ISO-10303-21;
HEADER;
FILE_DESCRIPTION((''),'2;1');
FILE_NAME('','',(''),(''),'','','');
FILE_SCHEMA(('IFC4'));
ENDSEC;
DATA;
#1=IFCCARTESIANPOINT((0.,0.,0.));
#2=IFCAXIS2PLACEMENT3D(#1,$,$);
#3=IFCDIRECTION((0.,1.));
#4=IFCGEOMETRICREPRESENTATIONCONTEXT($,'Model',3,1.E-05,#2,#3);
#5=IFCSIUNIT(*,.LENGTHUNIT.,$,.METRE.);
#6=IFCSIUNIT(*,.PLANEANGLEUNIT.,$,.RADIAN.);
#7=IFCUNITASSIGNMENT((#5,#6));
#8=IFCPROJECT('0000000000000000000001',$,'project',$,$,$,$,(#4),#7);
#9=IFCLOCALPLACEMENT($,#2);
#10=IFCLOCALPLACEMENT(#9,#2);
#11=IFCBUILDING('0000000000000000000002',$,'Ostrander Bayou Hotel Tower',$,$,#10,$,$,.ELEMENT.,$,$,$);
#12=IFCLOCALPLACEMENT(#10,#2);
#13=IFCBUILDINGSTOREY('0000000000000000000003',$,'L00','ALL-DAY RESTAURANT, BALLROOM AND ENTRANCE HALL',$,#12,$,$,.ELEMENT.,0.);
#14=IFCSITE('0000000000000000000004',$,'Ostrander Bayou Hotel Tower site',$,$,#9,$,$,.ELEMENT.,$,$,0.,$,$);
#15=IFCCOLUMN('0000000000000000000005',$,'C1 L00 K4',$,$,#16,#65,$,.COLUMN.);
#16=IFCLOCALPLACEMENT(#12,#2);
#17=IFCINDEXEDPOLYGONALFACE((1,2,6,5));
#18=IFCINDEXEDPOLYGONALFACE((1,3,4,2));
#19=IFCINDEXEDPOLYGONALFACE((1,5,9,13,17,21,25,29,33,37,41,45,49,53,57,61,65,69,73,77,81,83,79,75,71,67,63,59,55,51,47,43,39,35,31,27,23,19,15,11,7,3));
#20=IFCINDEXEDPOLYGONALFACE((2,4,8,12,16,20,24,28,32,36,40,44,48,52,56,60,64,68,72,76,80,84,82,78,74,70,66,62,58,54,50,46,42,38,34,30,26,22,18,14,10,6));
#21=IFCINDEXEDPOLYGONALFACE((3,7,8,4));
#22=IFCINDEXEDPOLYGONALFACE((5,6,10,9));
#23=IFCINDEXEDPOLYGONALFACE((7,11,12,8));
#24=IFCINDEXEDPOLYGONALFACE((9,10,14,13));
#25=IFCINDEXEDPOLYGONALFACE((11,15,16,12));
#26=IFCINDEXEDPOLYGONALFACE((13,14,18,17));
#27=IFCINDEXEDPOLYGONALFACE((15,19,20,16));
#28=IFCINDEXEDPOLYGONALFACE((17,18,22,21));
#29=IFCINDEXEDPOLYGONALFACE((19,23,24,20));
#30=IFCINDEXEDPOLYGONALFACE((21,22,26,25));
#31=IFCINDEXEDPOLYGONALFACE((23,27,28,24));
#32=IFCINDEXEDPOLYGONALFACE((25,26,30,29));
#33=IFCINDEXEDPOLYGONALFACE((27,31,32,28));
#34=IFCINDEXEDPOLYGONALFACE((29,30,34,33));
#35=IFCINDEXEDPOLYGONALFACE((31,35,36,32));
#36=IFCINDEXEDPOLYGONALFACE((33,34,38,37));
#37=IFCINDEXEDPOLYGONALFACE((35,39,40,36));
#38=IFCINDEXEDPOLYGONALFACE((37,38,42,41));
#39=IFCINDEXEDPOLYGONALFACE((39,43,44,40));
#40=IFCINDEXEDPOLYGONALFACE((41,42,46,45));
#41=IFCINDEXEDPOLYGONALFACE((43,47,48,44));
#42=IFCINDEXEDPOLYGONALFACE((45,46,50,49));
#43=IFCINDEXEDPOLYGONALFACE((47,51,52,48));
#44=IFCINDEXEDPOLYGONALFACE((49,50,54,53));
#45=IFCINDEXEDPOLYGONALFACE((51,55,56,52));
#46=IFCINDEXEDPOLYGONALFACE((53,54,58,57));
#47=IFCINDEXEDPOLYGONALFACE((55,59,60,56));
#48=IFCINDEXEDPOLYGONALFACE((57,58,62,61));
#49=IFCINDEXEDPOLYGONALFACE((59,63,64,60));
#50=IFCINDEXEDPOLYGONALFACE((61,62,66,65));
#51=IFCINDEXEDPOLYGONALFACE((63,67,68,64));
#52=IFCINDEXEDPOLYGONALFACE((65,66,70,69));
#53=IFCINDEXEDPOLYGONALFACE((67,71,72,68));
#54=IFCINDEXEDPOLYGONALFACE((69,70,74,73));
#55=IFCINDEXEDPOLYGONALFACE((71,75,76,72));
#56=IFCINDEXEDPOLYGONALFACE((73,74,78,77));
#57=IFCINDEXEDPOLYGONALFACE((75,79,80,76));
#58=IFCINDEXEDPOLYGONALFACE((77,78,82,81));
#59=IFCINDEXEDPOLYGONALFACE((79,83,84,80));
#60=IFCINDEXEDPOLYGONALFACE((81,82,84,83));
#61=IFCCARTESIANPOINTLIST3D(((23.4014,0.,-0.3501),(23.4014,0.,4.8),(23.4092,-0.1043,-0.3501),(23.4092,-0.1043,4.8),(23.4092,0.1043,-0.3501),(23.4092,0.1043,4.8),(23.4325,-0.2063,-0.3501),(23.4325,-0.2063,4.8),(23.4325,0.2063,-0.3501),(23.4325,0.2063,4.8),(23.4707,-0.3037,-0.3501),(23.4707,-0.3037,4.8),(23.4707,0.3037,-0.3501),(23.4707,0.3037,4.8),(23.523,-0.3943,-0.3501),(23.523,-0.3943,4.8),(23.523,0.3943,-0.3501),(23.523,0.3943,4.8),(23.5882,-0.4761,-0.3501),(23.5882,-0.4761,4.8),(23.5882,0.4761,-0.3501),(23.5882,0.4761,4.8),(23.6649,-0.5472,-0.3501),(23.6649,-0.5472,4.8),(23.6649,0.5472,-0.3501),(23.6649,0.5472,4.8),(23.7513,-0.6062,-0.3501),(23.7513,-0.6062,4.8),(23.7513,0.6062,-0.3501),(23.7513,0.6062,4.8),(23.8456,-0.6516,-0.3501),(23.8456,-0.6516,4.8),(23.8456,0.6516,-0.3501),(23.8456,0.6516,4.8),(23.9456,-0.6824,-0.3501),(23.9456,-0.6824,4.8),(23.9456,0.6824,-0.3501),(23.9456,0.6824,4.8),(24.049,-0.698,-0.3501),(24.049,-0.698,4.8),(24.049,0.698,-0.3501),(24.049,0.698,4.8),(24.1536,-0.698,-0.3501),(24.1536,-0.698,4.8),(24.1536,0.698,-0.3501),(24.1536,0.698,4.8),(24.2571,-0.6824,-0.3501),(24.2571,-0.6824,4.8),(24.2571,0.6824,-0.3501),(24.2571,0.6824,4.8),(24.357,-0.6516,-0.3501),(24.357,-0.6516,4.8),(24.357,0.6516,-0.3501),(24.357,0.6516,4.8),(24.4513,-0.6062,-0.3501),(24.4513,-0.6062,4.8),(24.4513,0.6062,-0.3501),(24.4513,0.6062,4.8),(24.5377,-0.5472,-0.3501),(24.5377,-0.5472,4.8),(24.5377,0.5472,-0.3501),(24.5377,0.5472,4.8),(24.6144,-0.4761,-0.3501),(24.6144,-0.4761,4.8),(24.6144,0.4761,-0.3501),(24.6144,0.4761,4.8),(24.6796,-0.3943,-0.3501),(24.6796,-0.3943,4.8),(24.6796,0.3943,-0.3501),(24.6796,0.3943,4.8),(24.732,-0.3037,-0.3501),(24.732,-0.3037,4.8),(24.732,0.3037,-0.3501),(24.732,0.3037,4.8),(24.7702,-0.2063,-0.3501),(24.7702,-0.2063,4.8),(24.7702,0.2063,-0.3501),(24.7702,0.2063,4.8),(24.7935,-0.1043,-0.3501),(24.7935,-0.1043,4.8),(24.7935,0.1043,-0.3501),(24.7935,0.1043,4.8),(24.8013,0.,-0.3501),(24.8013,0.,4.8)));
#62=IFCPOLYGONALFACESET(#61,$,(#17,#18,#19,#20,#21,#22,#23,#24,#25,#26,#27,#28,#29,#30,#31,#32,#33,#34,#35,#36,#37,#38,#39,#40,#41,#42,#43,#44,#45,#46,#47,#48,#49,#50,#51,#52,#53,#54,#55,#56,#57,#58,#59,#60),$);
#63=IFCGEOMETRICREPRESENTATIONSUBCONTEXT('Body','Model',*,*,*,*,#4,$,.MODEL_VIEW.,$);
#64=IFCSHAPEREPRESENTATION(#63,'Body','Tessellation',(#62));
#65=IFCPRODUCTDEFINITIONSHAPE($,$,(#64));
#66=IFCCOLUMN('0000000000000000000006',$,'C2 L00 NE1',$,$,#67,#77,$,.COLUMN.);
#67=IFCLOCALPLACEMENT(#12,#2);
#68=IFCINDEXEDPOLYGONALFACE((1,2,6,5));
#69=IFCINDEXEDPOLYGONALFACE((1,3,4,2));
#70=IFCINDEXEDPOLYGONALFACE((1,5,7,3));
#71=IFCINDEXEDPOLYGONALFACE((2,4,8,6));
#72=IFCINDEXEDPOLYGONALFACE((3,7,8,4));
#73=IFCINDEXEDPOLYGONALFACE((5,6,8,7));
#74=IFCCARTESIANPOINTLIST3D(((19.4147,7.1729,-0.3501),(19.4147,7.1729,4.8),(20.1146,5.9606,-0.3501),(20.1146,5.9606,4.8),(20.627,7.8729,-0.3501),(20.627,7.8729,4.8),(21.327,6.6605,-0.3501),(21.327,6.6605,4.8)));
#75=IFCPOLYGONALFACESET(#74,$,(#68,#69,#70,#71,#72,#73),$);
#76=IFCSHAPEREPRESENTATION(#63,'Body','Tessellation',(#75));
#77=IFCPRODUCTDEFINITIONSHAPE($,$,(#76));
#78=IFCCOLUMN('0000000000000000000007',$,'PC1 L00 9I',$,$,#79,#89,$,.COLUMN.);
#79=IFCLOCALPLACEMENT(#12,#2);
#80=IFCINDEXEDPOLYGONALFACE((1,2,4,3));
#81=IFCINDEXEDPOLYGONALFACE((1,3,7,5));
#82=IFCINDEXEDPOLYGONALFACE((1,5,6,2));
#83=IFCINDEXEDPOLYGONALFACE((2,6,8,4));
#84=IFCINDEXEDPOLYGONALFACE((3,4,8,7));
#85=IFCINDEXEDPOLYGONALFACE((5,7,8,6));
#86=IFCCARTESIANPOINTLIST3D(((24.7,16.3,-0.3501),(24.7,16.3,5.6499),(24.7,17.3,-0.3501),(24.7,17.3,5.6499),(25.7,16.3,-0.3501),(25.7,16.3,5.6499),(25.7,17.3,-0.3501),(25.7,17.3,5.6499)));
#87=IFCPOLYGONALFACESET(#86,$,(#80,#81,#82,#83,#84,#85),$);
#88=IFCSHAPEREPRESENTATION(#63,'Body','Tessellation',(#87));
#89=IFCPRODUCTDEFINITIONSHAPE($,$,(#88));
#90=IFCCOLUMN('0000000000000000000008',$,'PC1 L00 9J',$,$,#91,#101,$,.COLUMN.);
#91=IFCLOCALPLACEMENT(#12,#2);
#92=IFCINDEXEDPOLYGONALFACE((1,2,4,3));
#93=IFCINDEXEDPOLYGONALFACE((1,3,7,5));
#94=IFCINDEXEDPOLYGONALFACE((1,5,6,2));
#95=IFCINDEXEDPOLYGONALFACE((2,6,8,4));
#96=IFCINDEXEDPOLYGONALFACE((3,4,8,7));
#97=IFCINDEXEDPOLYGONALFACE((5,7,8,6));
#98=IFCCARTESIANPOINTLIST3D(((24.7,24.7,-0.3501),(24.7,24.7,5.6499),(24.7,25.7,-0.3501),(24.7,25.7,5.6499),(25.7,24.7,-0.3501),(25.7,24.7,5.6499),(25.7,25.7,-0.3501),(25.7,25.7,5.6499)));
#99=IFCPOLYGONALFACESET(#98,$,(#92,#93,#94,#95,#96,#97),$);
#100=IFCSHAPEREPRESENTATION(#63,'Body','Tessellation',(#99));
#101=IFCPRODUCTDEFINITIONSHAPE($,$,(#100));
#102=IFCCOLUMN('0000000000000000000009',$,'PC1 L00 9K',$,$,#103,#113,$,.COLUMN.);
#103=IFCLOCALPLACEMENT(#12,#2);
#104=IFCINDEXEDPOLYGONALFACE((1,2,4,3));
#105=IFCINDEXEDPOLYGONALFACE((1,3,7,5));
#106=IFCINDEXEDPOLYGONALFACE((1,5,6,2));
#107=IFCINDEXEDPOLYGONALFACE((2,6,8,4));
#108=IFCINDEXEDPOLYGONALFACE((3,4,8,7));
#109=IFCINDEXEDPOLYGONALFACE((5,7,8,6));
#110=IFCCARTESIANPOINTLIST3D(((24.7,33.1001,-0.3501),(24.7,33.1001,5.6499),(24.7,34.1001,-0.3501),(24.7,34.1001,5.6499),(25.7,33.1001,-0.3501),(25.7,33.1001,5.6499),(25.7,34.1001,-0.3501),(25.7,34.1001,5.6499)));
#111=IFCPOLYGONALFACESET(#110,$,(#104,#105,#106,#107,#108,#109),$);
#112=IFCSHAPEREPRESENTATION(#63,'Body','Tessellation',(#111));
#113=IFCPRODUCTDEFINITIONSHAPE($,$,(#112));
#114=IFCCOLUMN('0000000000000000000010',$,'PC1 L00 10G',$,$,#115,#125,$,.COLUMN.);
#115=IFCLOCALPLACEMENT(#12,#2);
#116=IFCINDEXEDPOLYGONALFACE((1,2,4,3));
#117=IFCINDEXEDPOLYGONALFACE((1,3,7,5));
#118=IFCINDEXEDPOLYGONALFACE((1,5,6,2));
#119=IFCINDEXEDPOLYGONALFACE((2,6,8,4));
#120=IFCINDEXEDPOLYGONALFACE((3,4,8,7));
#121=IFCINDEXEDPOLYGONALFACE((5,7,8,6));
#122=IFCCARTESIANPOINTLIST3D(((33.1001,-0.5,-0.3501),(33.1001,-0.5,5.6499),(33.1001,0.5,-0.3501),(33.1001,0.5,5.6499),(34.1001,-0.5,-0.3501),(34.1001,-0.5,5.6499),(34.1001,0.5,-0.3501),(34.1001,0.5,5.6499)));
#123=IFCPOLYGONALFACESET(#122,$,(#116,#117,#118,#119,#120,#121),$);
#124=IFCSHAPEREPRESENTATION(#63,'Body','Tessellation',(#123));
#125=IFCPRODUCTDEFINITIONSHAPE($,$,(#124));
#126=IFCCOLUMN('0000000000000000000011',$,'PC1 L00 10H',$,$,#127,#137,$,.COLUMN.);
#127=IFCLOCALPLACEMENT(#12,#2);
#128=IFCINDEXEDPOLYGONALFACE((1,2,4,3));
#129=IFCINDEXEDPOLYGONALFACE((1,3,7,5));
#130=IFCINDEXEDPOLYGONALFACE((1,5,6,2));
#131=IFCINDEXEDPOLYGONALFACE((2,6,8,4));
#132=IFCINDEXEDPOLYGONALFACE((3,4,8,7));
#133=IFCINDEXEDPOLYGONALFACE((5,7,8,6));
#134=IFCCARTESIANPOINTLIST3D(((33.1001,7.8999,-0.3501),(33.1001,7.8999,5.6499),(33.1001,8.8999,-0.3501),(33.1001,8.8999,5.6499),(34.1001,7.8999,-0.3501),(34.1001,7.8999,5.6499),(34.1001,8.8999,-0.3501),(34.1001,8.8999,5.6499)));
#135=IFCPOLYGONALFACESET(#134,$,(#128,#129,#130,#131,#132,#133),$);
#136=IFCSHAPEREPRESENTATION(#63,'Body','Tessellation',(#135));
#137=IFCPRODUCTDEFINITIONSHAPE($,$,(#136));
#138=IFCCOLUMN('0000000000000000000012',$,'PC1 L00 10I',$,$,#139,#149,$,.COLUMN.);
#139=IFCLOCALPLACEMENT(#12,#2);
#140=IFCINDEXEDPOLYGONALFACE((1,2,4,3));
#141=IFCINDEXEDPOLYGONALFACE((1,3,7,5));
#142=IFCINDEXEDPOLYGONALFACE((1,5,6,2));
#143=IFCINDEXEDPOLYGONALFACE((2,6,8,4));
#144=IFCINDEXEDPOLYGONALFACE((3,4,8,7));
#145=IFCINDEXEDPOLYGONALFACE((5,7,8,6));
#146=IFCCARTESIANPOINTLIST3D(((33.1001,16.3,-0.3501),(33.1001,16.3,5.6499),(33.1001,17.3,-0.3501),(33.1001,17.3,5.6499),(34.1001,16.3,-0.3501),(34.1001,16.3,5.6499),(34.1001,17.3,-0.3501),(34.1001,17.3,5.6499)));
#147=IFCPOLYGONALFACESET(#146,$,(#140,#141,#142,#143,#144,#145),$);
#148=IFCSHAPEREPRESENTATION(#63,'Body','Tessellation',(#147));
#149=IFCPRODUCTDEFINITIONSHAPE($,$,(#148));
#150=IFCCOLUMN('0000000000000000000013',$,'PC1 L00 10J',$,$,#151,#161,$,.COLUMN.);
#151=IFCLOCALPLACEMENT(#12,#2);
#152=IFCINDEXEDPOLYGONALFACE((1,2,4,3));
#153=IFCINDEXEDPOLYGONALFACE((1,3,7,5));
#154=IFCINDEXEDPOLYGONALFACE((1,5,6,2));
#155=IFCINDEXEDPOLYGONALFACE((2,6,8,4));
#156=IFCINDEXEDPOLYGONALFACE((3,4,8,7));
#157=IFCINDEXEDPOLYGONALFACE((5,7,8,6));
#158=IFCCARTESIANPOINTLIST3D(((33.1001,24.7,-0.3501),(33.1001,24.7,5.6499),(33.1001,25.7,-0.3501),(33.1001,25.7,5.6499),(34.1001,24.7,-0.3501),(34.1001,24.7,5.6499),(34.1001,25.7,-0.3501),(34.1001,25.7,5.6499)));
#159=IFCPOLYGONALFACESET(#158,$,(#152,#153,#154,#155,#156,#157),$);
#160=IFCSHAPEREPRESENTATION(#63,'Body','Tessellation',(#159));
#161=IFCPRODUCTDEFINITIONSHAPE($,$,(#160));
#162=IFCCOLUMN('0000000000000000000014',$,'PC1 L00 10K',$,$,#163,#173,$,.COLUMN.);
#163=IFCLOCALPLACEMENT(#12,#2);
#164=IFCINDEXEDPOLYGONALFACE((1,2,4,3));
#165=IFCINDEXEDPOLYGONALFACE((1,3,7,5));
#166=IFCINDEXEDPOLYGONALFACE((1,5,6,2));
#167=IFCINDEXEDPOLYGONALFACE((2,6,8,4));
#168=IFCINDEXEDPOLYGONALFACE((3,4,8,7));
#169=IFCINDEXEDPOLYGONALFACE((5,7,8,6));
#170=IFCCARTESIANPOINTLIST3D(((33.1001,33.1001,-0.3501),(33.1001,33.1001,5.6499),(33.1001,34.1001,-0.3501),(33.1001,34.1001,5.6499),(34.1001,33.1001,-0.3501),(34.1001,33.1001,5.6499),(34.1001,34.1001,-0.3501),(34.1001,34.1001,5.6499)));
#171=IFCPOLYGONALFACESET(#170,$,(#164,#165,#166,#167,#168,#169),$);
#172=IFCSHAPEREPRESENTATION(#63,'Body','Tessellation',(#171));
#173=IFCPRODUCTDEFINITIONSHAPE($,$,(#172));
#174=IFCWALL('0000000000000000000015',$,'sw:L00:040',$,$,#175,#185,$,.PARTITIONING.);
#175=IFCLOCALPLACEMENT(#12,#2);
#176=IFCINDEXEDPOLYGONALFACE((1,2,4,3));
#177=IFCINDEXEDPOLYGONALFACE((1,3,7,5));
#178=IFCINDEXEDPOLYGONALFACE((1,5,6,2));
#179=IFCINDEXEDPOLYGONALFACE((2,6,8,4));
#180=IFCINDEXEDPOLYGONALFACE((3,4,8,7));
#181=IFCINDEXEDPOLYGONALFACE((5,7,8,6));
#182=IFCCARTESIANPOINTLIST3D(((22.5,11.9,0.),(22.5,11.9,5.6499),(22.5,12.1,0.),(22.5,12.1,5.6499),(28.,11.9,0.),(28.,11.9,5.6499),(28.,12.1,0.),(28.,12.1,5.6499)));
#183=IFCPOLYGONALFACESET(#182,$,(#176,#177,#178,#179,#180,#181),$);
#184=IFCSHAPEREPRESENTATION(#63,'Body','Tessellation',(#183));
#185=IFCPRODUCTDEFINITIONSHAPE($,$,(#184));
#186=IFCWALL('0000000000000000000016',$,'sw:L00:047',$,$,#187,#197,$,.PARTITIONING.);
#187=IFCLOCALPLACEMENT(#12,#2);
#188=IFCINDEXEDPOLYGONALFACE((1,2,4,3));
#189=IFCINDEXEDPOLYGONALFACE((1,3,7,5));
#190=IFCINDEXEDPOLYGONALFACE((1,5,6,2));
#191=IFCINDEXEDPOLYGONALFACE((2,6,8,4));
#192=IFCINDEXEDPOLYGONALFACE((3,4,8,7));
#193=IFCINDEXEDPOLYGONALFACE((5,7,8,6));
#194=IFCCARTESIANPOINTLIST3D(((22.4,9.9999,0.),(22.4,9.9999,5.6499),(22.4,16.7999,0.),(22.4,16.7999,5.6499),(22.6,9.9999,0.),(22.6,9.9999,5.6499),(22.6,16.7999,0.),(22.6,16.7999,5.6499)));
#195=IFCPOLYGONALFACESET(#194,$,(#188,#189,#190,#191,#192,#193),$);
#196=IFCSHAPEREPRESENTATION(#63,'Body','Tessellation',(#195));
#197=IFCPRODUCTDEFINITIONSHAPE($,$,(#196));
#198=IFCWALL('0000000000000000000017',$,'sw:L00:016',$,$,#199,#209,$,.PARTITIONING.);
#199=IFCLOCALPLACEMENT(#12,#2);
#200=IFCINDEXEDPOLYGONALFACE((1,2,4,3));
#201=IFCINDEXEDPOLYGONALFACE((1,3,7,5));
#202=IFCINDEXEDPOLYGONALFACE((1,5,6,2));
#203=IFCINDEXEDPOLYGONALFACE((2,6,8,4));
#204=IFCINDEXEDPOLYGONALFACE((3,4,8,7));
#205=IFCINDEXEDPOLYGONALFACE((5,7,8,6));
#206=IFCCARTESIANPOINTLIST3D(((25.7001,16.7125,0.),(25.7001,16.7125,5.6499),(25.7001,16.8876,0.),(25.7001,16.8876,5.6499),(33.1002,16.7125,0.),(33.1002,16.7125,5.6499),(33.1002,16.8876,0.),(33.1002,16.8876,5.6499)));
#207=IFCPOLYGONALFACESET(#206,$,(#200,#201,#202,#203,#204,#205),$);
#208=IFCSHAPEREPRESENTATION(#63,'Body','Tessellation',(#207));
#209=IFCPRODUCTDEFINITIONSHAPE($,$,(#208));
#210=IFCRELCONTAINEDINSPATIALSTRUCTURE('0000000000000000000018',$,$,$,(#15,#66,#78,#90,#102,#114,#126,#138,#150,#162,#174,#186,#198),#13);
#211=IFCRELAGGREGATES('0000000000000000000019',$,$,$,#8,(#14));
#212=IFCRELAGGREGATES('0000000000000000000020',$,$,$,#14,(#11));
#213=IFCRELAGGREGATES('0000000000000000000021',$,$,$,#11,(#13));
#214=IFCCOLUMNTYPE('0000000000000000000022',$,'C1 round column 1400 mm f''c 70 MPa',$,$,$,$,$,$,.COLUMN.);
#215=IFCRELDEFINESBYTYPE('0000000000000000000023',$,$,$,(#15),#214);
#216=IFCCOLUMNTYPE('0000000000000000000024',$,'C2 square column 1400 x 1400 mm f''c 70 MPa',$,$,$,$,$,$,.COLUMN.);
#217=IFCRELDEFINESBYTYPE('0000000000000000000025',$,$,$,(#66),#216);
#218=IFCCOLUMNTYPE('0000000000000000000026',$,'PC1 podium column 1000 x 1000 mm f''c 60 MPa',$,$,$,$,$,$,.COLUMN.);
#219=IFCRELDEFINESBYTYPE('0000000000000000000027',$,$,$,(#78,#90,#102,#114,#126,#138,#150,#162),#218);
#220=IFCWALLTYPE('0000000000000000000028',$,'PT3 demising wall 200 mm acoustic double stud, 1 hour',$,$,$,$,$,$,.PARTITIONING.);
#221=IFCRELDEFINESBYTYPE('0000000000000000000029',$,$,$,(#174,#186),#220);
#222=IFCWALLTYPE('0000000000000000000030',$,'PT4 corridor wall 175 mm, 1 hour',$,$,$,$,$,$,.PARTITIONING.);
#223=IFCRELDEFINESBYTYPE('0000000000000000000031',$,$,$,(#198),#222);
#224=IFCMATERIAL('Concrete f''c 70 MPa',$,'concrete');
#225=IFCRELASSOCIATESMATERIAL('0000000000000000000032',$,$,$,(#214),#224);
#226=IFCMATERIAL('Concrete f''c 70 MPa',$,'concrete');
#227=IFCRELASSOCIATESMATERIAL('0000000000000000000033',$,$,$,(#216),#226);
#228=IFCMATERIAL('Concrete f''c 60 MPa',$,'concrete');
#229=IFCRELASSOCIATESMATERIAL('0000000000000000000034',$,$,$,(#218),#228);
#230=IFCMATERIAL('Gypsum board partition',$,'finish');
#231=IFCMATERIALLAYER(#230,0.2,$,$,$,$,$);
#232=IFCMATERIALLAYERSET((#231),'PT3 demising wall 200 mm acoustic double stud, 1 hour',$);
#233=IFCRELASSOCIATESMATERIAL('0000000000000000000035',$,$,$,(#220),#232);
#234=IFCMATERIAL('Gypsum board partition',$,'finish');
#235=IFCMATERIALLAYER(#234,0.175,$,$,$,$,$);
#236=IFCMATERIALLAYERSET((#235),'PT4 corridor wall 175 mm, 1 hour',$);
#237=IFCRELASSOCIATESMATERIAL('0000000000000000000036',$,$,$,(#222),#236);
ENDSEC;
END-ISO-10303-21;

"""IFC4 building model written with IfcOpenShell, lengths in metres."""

from ifc_helpers import new_model, si_unit, direction, frame, frame_2d, origin, origin_2d, place, context, subcontext, project, spatial, rectangle, circle, extrude, material, layer, layer_set, material_profile, profile_set, type_object, element, save


model = new_model("IFC4")

# Units and contexts
model_context = context("Model", 3, precision=1e-05, world=origin(), true_north=direction((0.0, 1.0)))
body_context = subcontext(model_context, "Body", "Model", "MODEL_VIEW")
ifc_project = project(units=[si_unit("LENGTHUNIT", "METRE"), si_unit("PLANEANGLEUNIT", "RADIAN")], contexts=[model_context])

# Site, building, storey
site_placement = place(None, origin())
site = spatial("IfcSite", under=ifc_project, at=site_placement, Name="Ostrander Bayou Hotel Tower site", CompositionType="ELEMENT", RefElevation=0.0)
building_placement = place(site_placement, origin())
building = spatial("IfcBuilding", under=site, at=building_placement, Name="Ostrander Bayou Hotel Tower", CompositionType="ELEMENT")
storey_placement = place(building_placement, origin())
storey = spatial("IfcBuildingStorey", under=building, at=storey_placement, Name="L00", Description="ALL-DAY RESTAURANT, BALLROOM AND ENTRANCE HALL", CompositionType="ELEMENT", Elevation=0.0)

# Columns
ifc_material_1 = material(Name="Concrete f'c 70 MPa", Category="concrete")
ifc_material_profile_1 = material_profile(ifc_material_1, circle(Radius=0.7, at=origin_2d()))
ifc_profile_set_1 = profile_set([ifc_material_profile_1], Name="Concrete f'c 70 MPa")
column_type_1 = type_object("IfcColumnType", Name="C1 round column 1400 mm f'c 70 MPa", PredefinedType="COLUMN", material=ifc_profile_set_1)
column_1_placement = place(storey_placement, frame((24.1013, 0.0, -0.3501), z_axis=(0.0, 0.0, 1.0), x_axis=(1.0, 0.0, 0.0)))
element("IfcColumn", 1, at=column_1_placement, inside=storey, type_object=column_type_1, Name="C1 L00 K4", PredefinedType="COLUMN", context=body_context, shape_type="SweptSolid", body=[
    extrude(circle(Radius=0.7, at=origin_2d()), origin(), (0.0, 0.0, 1.0), 5.1501),
])
ifc_material_2 = material(Name="Concrete f'c 70 MPa", Category="concrete")
ifc_material_profile_2 = material_profile(ifc_material_2, rectangle(XDim=1.3999, YDim=1.3999, at=origin_2d()))
ifc_profile_set_2 = profile_set([ifc_material_profile_2], Name="Concrete f'c 70 MPa")
column_type_2 = type_object("IfcColumnType", Name="C2 square column 1400 x 1400 mm f'c 70 MPa", PredefinedType="COLUMN", material=ifc_profile_set_2)
column_2_placement = place(storey_placement, frame((20.3708, 6.9167, -0.3501), z_axis=(0.0, 0.0, 1.0), x_axis=(0.5, -0.866025, 0.0)))
element("IfcColumn", 2, at=column_2_placement, inside=storey, type_object=column_type_2, Name="C2 L00 NE1", PredefinedType="COLUMN", context=body_context, shape_type="SweptSolid", body=[
    extrude(rectangle(XDim=1.3999, YDim=1.3999, at=origin_2d()), origin(), (0.0, 0.0, 1.0), 5.1501),
])
ifc_material_3 = material(Name="Concrete f'c 60 MPa", Category="concrete")
ifc_material_profile_3 = material_profile(ifc_material_3, rectangle(XDim=1.0, YDim=1.0, at=origin_2d()))
ifc_profile_set_3 = profile_set([ifc_material_profile_3], Name="Concrete f'c 60 MPa")
column_type_3 = type_object("IfcColumnType", Name="PC1 podium column 1000 x 1000 mm f'c 60 MPa", PredefinedType="COLUMN", material=ifc_profile_set_3)
for number, where, z_axis, x_axis, name in (
    (3, (25.2, 16.8, -0.3501), (0.0, 0.0, 1.0), (1.0, 0.0, 0.0), "PC1 L00 9I"),
    (4, (25.2, 25.2, -0.3501), (0.0, 0.0, 1.0), (1.0, 0.0, 0.0), "PC1 L00 9J"),
    (5, (25.2, 33.6001, -0.3501), (0.0, 0.0, 1.0), (1.0, 0.0, 0.0), "PC1 L00 9K"),
    (6, (33.6001, 0.0, -0.3501), (0.0, 0.0, 1.0), (1.0, 0.0, 0.0), "PC1 L00 10G"),
    (7, (33.6001, 8.3999, -0.3501), (0.0, 0.0, 1.0), (1.0, 0.0, 0.0), "PC1 L00 10H"),
    (8, (33.6001, 16.8, -0.3501), (0.0, 0.0, 1.0), (1.0, 0.0, 0.0), "PC1 L00 10I"),
    (9, (33.6001, 25.2, -0.3501), (0.0, 0.0, 1.0), (1.0, 0.0, 0.0), "PC1 L00 10J"),
    (10, (33.6001, 33.6001, -0.3501), (0.0, 0.0, 1.0), (1.0, 0.0, 0.0), "PC1 L00 10K"),
):
    element("IfcColumn", number, at=place(storey_placement, frame(where, z_axis=z_axis, x_axis=x_axis)), inside=storey, type_object=column_type_3, Name=name, PredefinedType="COLUMN", context=body_context, shape_type="SweptSolid", body=[
        extrude(rectangle(XDim=1.0, YDim=1.0, at=origin_2d()), origin(), (0.0, 0.0, 1.0), 6.0),
    ])

# Walls
ifc_material_4 = material(Name="Gypsum board partition", Category="finish")
ifc_layer_1 = layer(ifc_material_4, 0.2)
ifc_layer_set_1 = layer_set([ifc_layer_1], Name="PT3 demising wall 200 mm acoustic double stud, 1 hour")
wall_type_1 = type_object("IfcWallType", Name="PT3 demising wall 200 mm acoustic double stud, 1 hour", PredefinedType="PARTITIONING", material=ifc_layer_set_1)
wall_1_placement = place(storey_placement, frame((22.5, 12.0, 0.0), z_axis=(0.0, 0.0, 1.0), x_axis=(1.0, 0.0, 0.0)))
element("IfcWall", 11, at=wall_1_placement, inside=storey, type_object=wall_type_1, Name="sw:L00:040", PredefinedType="PARTITIONING", context=body_context, shape_type="SweptSolid", body=[
    extrude(rectangle(XDim=5.5, YDim=0.2, at=frame_2d((2.75, 0.0))), origin(), (0.0, 0.0, 1.0), 5.6499),
])
wall_2_placement = place(storey_placement, frame((22.5, 10.0, 0.0), z_axis=(0.0, 0.0, 1.0), x_axis=(0.0, 1.0, 0.0)))
element("IfcWall", 12, at=wall_2_placement, inside=storey, type_object=wall_type_1, Name="sw:L00:047", PredefinedType="PARTITIONING", context=body_context, shape_type="SweptSolid", body=[
    extrude(rectangle(XDim=6.8, YDim=0.2, at=frame_2d((3.3999, 0.0))), origin(), (0.0, 0.0, 1.0), 5.6499),
])
ifc_material_5 = material(Name="Gypsum board partition", Category="finish")
ifc_layer_2 = layer(ifc_material_5, 0.175)
ifc_layer_set_2 = layer_set([ifc_layer_2], Name="PT4 corridor wall 175 mm, 1 hour")
wall_type_2 = type_object("IfcWallType", Name="PT4 corridor wall 175 mm, 1 hour", PredefinedType="PARTITIONING", material=ifc_layer_set_2)
wall_3_placement = place(storey_placement, frame((25.7, 16.8, 0.0), z_axis=(0.0, 0.0, 1.0), x_axis=(1.0, 0.0, 0.0)))
element("IfcWall", 13, at=wall_3_placement, inside=storey, type_object=wall_type_2, Name="sw:L00:016", PredefinedType="PARTITIONING", context=body_context, shape_type="SweptSolid", body=[
    extrude(rectangle(XDim=7.4001, YDim=0.175, at=frame_2d((3.7002, 0.0))), origin(), (0.0, 0.0, 1.0), 5.6499),
])

save(model, "model.ifc")
